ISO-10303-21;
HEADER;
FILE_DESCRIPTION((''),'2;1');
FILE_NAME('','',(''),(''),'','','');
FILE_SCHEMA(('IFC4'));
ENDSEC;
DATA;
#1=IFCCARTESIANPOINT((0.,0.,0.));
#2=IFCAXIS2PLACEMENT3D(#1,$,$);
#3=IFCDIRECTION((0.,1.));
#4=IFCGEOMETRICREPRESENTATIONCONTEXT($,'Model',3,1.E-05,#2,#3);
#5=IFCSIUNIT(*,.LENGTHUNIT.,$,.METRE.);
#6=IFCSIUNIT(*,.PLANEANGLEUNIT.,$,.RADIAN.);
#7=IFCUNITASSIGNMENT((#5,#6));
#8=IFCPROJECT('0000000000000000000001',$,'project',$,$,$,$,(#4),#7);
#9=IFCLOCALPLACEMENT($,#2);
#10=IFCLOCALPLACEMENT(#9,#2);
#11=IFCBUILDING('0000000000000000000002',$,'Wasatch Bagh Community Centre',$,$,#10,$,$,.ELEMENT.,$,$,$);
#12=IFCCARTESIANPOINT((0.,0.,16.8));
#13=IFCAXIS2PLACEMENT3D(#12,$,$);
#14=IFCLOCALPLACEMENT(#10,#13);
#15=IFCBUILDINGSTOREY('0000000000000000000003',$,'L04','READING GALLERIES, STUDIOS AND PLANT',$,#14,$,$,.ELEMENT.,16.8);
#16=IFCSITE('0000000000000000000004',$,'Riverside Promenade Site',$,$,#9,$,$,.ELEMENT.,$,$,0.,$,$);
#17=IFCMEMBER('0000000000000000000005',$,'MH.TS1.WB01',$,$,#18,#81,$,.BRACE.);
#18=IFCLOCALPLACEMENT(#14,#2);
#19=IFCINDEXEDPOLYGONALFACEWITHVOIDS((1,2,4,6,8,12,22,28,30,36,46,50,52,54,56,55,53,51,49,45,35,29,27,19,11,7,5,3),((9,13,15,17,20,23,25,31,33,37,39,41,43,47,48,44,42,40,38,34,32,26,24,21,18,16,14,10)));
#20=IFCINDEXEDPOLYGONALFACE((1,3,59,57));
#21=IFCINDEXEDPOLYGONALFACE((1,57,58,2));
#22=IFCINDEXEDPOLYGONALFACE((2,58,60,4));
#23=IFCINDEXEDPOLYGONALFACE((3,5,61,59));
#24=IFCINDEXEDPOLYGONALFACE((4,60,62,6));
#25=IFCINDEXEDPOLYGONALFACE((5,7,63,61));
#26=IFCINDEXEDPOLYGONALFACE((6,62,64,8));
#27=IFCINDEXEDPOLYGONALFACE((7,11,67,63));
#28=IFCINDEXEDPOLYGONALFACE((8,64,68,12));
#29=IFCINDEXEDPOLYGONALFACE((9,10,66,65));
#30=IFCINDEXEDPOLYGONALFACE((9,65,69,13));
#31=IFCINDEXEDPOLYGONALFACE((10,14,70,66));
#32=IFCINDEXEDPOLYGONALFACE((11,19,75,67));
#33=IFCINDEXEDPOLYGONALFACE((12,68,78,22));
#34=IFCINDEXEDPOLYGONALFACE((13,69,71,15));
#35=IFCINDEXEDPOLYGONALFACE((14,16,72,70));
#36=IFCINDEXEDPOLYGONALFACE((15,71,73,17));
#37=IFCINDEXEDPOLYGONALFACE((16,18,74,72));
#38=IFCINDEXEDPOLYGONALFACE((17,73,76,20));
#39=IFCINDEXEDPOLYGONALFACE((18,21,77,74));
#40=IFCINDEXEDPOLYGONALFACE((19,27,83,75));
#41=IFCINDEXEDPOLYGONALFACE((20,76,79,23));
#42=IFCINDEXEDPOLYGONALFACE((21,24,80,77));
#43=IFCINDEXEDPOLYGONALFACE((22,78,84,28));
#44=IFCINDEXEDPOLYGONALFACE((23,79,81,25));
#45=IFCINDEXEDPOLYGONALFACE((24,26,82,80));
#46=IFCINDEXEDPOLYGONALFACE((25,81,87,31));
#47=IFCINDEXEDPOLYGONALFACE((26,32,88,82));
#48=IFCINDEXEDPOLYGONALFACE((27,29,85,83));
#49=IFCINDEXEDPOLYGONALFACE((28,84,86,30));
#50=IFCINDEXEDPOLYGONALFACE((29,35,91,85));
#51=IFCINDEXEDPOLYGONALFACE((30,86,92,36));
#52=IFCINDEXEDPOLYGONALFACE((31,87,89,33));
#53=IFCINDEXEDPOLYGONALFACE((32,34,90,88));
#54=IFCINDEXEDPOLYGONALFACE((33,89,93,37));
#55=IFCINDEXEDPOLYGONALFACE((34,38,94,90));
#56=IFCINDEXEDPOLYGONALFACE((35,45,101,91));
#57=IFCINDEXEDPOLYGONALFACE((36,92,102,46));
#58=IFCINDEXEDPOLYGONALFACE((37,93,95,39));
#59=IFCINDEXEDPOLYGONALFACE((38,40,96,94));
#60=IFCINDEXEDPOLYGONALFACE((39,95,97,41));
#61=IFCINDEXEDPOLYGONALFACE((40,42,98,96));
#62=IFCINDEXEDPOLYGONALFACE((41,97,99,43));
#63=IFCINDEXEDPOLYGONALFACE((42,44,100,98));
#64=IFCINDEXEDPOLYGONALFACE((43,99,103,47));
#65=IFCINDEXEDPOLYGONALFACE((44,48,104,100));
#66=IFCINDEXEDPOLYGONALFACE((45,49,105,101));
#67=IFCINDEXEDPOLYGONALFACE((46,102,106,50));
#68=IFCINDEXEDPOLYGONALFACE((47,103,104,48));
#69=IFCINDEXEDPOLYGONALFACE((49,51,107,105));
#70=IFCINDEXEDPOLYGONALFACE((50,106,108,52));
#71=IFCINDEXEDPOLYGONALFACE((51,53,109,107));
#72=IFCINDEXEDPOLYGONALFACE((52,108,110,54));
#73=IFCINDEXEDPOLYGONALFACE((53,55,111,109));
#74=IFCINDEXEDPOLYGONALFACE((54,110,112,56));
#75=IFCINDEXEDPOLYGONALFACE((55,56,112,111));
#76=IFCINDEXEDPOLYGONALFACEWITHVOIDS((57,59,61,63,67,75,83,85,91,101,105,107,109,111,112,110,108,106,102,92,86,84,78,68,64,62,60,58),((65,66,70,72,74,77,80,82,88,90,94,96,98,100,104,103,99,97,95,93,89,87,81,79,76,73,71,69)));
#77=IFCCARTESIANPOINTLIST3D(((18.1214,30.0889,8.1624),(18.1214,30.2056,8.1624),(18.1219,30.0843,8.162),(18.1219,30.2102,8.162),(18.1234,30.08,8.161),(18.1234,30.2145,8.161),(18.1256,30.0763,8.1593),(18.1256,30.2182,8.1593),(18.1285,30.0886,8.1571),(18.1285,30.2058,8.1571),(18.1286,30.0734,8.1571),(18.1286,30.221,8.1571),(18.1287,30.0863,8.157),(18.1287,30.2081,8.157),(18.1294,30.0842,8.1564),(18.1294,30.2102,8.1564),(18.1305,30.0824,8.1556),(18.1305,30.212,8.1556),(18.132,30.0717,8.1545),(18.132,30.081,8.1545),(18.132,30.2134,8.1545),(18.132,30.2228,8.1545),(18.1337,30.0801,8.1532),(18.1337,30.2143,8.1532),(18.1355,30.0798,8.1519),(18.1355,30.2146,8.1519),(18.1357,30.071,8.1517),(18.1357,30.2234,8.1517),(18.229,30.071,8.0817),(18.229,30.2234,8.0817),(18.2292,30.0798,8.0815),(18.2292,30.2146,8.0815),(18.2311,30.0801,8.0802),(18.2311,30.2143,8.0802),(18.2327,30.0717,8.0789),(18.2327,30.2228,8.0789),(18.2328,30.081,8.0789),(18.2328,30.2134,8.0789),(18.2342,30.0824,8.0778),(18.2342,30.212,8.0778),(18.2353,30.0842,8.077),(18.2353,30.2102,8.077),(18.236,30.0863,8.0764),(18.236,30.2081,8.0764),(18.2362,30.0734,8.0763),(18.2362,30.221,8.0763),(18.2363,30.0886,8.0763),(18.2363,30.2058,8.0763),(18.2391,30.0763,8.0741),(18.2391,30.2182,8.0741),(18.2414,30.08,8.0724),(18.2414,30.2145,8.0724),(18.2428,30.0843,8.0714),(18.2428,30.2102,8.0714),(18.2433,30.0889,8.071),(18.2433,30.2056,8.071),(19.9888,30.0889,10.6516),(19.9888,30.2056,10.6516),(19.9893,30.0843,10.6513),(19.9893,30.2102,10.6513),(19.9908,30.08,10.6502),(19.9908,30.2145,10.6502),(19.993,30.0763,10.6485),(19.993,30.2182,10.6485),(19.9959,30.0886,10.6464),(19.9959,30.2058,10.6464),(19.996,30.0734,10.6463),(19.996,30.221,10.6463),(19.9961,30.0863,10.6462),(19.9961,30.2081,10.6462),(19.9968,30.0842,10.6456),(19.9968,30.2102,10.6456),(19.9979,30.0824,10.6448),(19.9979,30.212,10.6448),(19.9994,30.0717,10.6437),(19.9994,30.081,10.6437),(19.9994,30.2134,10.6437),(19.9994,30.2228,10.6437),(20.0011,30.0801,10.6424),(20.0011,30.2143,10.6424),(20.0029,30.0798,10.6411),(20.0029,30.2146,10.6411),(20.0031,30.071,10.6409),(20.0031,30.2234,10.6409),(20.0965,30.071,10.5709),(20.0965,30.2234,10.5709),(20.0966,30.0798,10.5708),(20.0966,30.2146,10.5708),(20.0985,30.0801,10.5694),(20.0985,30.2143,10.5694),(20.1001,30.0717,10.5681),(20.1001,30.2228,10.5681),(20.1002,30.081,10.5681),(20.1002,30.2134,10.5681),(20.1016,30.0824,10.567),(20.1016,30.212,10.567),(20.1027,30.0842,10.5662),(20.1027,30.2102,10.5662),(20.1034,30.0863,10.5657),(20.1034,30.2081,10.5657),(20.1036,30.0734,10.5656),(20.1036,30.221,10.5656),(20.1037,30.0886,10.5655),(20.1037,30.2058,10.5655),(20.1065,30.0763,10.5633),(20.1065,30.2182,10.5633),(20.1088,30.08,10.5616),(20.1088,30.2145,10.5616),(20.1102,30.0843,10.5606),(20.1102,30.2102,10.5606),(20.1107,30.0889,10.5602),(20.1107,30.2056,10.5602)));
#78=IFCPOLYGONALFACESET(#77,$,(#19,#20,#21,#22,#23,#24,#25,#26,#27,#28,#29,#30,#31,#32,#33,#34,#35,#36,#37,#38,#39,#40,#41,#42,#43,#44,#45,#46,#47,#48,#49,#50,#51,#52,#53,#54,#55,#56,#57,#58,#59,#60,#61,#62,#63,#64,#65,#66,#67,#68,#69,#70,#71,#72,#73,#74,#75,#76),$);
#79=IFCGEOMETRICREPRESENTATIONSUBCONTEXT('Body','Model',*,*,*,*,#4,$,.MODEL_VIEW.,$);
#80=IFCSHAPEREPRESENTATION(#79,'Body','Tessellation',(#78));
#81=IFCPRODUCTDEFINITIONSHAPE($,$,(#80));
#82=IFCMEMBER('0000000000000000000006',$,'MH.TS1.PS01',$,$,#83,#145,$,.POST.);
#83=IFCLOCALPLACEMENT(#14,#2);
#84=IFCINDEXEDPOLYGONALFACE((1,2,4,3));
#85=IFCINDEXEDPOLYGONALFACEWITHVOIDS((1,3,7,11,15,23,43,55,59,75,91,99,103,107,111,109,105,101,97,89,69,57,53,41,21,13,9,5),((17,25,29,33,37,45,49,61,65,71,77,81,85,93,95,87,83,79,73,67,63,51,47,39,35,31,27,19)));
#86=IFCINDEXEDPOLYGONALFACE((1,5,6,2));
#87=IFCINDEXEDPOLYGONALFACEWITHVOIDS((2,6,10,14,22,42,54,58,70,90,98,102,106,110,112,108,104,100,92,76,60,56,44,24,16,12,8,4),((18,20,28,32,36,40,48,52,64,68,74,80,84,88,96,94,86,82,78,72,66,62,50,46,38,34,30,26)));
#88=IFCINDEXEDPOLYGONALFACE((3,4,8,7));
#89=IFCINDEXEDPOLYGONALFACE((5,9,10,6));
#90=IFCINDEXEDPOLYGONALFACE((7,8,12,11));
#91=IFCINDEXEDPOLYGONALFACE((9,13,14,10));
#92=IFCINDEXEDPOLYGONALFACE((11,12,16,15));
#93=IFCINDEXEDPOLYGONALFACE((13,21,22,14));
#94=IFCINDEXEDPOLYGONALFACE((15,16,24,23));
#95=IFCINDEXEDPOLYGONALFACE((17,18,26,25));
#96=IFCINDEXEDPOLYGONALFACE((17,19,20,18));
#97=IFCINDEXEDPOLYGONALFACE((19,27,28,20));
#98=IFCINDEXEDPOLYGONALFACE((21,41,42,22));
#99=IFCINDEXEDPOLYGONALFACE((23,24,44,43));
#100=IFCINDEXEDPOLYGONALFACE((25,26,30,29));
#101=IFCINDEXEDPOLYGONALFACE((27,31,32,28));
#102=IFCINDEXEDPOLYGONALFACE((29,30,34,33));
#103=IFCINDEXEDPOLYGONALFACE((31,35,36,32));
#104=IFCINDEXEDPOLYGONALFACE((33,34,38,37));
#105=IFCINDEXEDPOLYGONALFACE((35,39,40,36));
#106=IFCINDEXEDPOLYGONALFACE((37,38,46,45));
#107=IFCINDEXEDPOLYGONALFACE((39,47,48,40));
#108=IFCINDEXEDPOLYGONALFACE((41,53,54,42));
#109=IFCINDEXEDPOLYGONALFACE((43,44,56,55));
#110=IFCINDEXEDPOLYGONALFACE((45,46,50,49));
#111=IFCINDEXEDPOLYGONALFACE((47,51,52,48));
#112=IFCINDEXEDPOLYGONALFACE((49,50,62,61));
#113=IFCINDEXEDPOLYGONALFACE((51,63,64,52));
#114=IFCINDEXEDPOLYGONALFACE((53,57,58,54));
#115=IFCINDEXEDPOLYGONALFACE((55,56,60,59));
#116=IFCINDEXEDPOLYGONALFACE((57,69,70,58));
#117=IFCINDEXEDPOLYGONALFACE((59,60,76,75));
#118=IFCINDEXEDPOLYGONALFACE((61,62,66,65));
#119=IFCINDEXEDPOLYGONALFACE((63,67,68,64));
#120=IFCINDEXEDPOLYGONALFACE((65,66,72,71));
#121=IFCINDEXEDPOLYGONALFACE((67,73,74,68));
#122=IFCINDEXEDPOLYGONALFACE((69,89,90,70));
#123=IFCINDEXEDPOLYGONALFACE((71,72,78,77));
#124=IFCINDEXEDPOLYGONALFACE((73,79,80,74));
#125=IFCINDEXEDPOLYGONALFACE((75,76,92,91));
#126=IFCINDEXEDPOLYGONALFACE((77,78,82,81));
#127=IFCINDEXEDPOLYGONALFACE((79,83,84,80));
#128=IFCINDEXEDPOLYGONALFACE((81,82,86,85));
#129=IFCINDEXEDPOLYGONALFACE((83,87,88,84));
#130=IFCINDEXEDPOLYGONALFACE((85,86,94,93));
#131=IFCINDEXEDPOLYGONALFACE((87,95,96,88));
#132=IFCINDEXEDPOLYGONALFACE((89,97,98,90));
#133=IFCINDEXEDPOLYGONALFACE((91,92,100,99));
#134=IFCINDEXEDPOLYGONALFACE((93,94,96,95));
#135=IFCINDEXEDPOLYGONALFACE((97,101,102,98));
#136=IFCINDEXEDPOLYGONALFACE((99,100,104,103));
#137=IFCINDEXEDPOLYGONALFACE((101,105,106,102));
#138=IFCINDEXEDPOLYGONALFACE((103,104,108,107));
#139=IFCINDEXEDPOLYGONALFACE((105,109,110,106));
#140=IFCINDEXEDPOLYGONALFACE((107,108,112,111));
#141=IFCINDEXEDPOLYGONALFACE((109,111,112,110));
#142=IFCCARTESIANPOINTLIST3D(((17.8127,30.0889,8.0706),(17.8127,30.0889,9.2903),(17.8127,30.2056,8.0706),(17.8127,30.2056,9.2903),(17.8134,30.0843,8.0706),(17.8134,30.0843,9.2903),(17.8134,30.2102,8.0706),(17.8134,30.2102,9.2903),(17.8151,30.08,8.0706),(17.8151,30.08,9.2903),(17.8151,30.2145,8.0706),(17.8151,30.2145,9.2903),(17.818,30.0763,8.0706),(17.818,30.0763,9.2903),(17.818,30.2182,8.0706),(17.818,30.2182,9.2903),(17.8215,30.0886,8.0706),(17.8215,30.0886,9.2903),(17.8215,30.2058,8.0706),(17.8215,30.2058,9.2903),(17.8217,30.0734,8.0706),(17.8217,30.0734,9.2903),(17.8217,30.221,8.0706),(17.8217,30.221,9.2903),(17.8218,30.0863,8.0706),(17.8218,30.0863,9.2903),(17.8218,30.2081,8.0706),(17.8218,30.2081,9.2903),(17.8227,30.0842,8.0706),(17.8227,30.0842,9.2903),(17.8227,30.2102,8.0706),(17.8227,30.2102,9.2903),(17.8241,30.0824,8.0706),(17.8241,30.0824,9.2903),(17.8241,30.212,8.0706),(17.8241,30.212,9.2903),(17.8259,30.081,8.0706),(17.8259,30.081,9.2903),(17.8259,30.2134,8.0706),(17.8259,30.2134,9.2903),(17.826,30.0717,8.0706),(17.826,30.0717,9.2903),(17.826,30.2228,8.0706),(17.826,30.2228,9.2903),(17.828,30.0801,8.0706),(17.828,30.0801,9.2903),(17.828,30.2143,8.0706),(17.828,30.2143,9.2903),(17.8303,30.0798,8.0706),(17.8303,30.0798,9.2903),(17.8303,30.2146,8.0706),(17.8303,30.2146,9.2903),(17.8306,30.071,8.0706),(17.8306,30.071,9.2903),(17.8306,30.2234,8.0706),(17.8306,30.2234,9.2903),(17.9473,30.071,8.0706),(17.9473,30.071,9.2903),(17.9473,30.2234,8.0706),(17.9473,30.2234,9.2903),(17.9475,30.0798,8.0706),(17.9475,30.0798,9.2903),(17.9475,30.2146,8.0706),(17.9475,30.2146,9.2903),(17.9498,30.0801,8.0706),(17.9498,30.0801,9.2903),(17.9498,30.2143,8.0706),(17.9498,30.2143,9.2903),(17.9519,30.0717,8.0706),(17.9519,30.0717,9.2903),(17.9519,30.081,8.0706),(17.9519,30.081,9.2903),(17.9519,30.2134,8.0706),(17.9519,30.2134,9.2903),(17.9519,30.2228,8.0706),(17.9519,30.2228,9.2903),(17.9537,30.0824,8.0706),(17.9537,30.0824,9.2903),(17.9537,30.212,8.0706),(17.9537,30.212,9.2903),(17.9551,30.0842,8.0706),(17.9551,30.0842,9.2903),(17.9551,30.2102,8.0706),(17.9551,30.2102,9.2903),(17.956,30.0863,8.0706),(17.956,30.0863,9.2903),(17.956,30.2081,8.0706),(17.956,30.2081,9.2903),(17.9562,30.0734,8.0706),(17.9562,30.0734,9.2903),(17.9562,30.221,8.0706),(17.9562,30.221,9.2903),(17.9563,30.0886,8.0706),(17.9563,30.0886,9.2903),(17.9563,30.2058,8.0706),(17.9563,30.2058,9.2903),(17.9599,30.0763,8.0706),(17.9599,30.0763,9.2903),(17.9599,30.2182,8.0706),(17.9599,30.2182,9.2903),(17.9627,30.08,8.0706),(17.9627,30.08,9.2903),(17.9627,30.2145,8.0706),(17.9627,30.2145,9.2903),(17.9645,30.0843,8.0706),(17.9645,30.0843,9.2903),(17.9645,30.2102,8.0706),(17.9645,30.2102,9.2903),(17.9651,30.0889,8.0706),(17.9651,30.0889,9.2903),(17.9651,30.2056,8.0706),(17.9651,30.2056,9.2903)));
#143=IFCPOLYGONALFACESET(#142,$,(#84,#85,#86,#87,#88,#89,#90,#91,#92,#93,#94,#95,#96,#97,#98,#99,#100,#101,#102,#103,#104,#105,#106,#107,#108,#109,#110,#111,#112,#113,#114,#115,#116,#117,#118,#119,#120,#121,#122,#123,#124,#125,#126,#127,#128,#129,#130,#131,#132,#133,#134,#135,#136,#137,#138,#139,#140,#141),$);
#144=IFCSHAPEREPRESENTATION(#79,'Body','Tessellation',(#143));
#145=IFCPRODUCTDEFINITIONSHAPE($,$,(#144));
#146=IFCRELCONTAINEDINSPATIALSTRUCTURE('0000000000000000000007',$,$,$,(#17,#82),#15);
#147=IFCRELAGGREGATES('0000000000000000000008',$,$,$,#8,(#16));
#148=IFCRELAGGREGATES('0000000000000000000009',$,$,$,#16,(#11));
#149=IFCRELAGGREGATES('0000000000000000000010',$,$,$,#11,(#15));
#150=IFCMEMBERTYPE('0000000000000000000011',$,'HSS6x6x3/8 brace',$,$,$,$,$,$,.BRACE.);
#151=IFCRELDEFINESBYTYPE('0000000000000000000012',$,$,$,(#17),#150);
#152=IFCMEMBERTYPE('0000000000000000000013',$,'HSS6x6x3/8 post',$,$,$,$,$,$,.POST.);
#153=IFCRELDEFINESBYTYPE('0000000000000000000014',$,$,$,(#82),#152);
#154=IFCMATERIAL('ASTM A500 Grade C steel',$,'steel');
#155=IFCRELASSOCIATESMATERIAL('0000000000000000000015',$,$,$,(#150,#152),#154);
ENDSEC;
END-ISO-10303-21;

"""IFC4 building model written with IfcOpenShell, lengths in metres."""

from ifc_helpers import new_model, si_unit, direction, frame, origin, origin_2d, place, context, subcontext, project, spatial, hollow_rectangle, extrude, material, material_profile, profile_set, type_object, element, save


model = new_model("IFC4")

# Units and contexts
model_context = context("Model", 3, precision=1e-05, world=origin(), true_north=direction((0.0, 1.0)))
body_context = subcontext(model_context, "Body", "Model", "MODEL_VIEW")
ifc_project = project(units=[si_unit("LENGTHUNIT", "METRE"), si_unit("PLANEANGLEUNIT", "RADIAN")], contexts=[model_context])

# Site, building, storey
site_placement = place(None, origin())
site = spatial("IfcSite", under=ifc_project, at=site_placement, Name="Riverside Promenade Site", CompositionType="ELEMENT", RefElevation=0.0)
building_placement = place(site_placement, origin())
building = spatial("IfcBuilding", under=site, at=building_placement, Name="Wasatch Bagh Community Centre", CompositionType="ELEMENT")
storey_placement = place(building_placement, frame((0.0, 0.0, 16.8)))
storey = spatial("IfcBuildingStorey", under=building, at=storey_placement, Name="L04", Description="READING GALLERIES, STUDIOS AND PLANT", CompositionType="ELEMENT", Elevation=16.8)

# Members
ifc_material_1 = material(Name="ASTM A500 Grade C steel", Category="steel")
ifc_material_profile_1 = material_profile(ifc_material_1, hollow_rectangle(XDim=0.1523, YDim=0.1523, WallThickness=0.0088, InnerFilletRadius=0.0088, OuterFilletRadius=0.0178, at=origin_2d()), Name="HSS6x6x3/8")
ifc_profile_set_1 = profile_set([ifc_material_profile_1], Name="ASTM A500 Grade C steel")
member_type_1 = type_object("IfcMemberType", Name="HSS6x6x3/8 brace", PredefinedType="BRACE", material=ifc_profile_set_1)
member_1_placement = place(storey_placement, frame((18.1824, 30.1472, 8.1167), z_axis=(0.6001, 0.0, 0.799925), x_axis=(0.0, 1.0, 0.0)))
element("IfcMember", 1, at=member_1_placement, inside=storey, type_object=member_type_1, Name="MH.TS1.WB01", PredefinedType="BRACE", context=body_context, shape_type="SweptSolid", body=[
    extrude(hollow_rectangle(XDim=0.1523, YDim=0.1523, WallThickness=0.0088, InnerFilletRadius=0.0088, OuterFilletRadius=0.0178, at=origin_2d()), origin(), (0.0, 0.0, 1.0), 3.1118),
])
ifc_material_profile_2 = material_profile(ifc_material_1, hollow_rectangle(XDim=0.1523, YDim=0.1523, WallThickness=0.0088, InnerFilletRadius=0.0088, OuterFilletRadius=0.0178, at=origin_2d()), Name="HSS6x6x3/8")
ifc_profile_set_2 = profile_set([ifc_material_profile_2], Name="ASTM A500 Grade C steel")
member_type_2 = type_object("IfcMemberType", Name="HSS6x6x3/8 post", PredefinedType="POST", material=ifc_profile_set_2)
member_2_placement = place(storey_placement, frame((17.8889, 30.1472, 8.0706), z_axis=(0.0, 0.0, 1.0), x_axis=(1.0, 0.0, 0.0)))
element("IfcMember", 2, at=member_2_placement, inside=storey, type_object=member_type_2, Name="MH.TS1.PS01", PredefinedType="POST", context=body_context, shape_type="SweptSolid", body=[
    extrude(hollow_rectangle(XDim=0.1523, YDim=0.1523, WallThickness=0.0088, InnerFilletRadius=0.0088, OuterFilletRadius=0.0178, at=origin_2d()), origin(), (0.0, 0.0, 1.0), 1.2197),
])

save(model, "model.ifc")
